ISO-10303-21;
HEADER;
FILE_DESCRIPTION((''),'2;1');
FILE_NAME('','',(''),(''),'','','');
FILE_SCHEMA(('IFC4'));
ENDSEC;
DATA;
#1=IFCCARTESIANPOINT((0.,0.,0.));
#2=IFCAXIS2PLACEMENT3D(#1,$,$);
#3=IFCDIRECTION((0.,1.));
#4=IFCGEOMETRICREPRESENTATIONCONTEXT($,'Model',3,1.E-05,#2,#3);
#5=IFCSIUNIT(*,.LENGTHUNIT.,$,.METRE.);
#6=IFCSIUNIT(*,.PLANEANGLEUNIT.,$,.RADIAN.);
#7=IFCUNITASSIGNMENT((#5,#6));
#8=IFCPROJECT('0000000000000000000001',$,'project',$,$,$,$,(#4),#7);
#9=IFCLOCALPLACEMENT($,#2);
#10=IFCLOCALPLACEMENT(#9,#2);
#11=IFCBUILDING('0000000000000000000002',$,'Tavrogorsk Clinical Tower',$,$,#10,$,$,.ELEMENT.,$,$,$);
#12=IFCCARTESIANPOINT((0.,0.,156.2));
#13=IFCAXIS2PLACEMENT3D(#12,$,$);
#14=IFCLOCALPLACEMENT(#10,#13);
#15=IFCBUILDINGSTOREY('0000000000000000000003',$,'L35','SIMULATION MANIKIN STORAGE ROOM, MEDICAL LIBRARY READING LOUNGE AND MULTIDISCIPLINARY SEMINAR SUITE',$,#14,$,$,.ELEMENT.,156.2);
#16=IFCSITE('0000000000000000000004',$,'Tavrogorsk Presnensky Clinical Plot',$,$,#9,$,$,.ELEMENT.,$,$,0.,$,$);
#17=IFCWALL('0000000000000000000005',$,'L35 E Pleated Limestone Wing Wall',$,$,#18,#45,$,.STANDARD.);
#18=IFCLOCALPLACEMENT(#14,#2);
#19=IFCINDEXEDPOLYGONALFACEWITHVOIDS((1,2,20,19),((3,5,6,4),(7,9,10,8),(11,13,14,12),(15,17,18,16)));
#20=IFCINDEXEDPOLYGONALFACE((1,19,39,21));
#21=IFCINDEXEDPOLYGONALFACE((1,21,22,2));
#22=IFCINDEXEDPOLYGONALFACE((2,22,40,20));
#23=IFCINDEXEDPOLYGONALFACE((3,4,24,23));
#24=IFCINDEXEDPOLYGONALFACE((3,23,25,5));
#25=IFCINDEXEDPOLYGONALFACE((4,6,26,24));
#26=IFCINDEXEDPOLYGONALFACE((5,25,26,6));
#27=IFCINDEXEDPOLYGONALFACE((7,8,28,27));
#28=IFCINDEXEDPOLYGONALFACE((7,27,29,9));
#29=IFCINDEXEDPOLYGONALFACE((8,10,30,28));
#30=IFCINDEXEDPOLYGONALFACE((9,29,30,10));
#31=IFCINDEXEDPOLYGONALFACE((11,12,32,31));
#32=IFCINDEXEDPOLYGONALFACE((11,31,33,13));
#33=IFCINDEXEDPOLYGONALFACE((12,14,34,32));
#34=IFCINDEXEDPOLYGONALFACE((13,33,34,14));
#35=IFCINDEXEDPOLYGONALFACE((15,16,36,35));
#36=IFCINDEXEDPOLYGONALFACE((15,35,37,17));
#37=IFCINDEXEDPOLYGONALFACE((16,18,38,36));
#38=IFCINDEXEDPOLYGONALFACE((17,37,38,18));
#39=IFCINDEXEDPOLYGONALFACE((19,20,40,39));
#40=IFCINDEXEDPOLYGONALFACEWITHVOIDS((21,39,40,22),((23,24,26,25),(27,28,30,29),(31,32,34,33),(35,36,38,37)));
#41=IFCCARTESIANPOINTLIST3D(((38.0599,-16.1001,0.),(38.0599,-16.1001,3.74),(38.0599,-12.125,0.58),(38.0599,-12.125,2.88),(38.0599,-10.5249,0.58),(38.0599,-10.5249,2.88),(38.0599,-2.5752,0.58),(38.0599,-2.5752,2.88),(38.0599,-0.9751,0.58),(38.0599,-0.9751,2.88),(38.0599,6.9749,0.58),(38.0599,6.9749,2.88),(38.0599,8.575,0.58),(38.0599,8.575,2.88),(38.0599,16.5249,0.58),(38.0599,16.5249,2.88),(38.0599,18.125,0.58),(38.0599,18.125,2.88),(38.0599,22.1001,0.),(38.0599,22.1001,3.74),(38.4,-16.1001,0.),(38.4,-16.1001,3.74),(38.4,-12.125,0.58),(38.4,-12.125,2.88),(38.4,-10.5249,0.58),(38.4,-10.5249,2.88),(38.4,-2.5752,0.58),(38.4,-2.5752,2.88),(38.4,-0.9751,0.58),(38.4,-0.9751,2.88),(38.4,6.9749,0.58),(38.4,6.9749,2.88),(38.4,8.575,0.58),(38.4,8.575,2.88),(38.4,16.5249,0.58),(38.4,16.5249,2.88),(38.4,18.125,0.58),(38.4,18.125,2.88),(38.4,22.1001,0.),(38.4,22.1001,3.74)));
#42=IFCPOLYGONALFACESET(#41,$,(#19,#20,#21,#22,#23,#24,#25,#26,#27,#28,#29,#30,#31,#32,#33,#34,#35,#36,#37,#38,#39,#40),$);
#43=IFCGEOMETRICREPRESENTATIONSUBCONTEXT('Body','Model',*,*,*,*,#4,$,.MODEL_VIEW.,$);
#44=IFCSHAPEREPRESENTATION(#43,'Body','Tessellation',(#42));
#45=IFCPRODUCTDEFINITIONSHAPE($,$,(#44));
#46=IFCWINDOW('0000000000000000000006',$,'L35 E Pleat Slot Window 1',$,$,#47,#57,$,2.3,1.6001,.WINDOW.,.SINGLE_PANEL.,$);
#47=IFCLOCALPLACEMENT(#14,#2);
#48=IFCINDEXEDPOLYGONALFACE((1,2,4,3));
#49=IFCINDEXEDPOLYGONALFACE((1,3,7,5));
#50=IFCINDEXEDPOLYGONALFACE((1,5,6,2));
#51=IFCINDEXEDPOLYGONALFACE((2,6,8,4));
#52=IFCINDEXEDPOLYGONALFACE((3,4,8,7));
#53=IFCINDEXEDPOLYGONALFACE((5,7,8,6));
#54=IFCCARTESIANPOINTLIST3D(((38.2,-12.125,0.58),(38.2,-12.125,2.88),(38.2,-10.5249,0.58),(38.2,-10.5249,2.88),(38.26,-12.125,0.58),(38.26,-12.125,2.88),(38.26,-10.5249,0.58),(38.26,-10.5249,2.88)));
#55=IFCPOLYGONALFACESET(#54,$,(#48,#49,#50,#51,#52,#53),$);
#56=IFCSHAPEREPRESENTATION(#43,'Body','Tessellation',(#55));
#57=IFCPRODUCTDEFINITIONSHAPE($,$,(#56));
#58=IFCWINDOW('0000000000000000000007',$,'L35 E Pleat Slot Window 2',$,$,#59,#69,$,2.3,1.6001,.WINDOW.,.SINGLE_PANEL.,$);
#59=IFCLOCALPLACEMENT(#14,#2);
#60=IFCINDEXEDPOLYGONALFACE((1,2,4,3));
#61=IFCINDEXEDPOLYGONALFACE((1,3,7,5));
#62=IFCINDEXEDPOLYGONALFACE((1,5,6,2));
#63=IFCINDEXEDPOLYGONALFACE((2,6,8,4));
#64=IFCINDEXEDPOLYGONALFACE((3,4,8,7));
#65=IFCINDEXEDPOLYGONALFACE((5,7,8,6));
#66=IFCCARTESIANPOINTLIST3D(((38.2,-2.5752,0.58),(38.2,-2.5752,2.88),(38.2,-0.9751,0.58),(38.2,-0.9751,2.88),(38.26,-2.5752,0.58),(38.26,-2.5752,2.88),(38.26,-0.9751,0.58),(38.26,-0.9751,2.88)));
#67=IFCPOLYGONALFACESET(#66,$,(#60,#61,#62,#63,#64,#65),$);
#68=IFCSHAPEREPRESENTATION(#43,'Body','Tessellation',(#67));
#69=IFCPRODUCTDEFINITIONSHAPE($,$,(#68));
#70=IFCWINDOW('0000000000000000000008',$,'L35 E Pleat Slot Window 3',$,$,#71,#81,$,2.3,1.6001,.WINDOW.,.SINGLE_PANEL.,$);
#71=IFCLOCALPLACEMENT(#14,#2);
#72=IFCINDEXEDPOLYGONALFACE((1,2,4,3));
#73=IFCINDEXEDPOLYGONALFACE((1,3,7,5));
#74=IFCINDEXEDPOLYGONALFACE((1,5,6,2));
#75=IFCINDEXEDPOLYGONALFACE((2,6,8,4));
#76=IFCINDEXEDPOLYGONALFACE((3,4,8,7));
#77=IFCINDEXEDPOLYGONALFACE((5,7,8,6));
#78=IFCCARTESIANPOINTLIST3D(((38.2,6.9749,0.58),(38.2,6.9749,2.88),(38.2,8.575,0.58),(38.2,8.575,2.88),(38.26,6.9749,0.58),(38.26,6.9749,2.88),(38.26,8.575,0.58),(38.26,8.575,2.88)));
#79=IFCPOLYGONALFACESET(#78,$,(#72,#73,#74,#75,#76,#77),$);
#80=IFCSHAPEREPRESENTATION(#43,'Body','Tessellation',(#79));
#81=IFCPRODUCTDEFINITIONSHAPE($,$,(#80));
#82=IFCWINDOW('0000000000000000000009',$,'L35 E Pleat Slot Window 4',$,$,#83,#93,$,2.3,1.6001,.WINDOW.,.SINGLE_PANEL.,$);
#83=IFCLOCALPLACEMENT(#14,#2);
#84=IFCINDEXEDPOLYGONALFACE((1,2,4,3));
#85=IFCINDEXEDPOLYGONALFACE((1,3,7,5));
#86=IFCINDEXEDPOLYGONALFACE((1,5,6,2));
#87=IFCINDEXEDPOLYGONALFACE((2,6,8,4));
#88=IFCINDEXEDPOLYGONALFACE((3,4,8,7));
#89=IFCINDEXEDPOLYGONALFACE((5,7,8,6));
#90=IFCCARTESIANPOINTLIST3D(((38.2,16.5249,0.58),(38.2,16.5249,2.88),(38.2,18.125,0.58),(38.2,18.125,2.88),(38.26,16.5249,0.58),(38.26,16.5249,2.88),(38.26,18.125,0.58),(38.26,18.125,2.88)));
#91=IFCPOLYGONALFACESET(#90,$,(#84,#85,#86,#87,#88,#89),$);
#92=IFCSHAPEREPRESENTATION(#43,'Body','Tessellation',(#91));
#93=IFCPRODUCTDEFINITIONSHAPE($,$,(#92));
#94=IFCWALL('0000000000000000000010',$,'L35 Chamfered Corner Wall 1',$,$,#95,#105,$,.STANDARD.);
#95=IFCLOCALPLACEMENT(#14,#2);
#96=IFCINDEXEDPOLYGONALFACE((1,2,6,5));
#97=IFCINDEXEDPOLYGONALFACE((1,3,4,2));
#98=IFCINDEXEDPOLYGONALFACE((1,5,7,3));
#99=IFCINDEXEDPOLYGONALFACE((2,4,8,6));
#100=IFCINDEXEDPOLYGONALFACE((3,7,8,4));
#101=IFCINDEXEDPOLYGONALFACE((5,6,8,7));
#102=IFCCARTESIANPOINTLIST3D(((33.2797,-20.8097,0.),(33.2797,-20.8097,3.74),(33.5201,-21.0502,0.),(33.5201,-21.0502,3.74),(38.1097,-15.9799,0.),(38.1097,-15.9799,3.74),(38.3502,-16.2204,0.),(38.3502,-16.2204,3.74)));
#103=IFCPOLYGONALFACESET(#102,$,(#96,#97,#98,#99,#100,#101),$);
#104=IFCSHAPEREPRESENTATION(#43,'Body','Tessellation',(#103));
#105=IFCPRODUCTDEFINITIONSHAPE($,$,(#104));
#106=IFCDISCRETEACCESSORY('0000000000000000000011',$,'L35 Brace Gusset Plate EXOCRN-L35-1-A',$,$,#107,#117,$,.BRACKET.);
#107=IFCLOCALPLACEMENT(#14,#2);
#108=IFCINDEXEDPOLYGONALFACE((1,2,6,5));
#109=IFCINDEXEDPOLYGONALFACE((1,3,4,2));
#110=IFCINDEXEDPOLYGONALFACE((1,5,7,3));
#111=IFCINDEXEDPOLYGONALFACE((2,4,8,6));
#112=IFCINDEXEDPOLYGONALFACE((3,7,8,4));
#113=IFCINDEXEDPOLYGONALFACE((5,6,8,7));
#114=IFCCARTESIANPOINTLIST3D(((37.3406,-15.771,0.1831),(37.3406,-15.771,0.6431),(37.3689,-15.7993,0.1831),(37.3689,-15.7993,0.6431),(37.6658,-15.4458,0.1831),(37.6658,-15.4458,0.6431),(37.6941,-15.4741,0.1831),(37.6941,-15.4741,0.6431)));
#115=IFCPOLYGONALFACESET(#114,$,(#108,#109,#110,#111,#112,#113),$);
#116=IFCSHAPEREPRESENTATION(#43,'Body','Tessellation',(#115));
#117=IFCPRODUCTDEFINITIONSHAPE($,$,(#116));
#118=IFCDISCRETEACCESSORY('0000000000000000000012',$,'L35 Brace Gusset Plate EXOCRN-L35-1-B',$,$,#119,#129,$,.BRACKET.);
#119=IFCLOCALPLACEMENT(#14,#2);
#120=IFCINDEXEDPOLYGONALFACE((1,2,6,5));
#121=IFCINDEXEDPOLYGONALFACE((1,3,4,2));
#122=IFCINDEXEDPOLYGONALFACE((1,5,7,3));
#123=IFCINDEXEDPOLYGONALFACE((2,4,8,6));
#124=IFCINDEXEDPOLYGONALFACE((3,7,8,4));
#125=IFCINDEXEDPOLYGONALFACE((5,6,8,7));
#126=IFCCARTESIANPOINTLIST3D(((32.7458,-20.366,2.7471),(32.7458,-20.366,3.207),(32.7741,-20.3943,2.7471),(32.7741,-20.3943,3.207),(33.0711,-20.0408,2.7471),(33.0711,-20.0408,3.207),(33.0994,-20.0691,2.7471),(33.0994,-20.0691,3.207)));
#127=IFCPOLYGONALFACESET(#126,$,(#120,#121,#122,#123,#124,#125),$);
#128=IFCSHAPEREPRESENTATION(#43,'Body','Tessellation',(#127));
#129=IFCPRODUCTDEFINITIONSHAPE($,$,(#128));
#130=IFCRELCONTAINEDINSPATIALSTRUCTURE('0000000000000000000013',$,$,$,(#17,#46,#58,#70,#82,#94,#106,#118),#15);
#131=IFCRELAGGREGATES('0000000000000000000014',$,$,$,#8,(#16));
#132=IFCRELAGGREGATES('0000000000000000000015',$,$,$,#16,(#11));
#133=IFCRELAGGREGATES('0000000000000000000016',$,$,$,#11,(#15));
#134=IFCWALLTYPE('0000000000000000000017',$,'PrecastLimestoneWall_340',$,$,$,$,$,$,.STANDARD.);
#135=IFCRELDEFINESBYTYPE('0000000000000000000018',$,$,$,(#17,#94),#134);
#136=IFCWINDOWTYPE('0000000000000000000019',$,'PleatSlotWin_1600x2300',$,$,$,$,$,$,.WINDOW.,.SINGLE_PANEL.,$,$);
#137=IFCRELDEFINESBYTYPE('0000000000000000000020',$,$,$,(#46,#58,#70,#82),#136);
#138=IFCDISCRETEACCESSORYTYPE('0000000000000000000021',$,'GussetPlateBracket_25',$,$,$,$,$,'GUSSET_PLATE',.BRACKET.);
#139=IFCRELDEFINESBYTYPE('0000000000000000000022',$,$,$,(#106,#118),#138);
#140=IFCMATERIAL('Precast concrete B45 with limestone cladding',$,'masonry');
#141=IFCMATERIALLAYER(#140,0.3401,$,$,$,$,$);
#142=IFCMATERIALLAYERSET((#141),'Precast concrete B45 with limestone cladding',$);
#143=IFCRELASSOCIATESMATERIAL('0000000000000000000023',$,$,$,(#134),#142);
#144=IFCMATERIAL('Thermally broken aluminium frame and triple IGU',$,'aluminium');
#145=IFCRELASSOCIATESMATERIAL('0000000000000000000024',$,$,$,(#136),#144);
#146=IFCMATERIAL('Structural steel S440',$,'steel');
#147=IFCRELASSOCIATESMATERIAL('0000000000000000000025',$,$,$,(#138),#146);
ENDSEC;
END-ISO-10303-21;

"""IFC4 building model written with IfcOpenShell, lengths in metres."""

from ifc_helpers import new_model, si_unit, direction, frame, frame_2d, origin, origin_2d, place, context, subcontext, project, spatial, rectangle, extrude, material, layer, layer_set, type_object, element, fill, save


model = new_model("IFC4")

# Units and contexts
model_context = context("Model", 3, precision=1e-05, world=origin(), true_north=direction((0.0, 1.0)))
body_context = subcontext(model_context, "Body", "Model", "MODEL_VIEW")
ifc_project = project(units=[si_unit("LENGTHUNIT", "METRE"), si_unit("PLANEANGLEUNIT", "RADIAN")], contexts=[model_context])

# Site, building, storey
site_placement = place(None, origin())
site = spatial("IfcSite", under=ifc_project, at=site_placement, Name="Tavrogorsk Presnensky Clinical Plot", CompositionType="ELEMENT", RefElevation=0.0)
building_placement = place(site_placement, origin())
building = spatial("IfcBuilding", under=site, at=building_placement, Name="Tavrogorsk Clinical Tower", CompositionType="ELEMENT")
storey_placement = place(building_placement, frame((0.0, 0.0, 156.2)))
storey = spatial("IfcBuildingStorey", under=building, at=storey_placement, Name="L35", Description="SIMULATION MANIKIN STORAGE ROOM, MEDICAL LIBRARY READING LOUNGE AND MULTIDISCIPLINARY SEMINAR SUITE", CompositionType="ELEMENT", Elevation=156.2)

# Wall, openings, windows
ifc_material_1 = material(Name="Precast concrete B45 with limestone cladding", Category="masonry")
ifc_layer_1 = layer(ifc_material_1, 0.3401)
ifc_layer_set_1 = layer_set([ifc_layer_1], Name="Precast concrete B45 with limestone cladding")
wall_type_1 = type_object("IfcWallType", Name="PrecastLimestoneWall_340", PredefinedType="STANDARD", material=ifc_layer_set_1)
wall_1_placement = place(storey_placement, frame((38.23, -16.1001, 0.0), z_axis=(0.0, 0.0, 1.0), x_axis=(0.0, 1.0, 0.0)))
wall_1 = element("IfcWall", 1, at=wall_1_placement, inside=storey, type_object=wall_type_1, Name="L35 E Pleated Limestone Wing Wall", PredefinedType="STANDARD", context=body_context, shape_type="SweptSolid", body=[
    extrude(rectangle(XDim=38.2002, YDim=0.3401, at=frame_2d((19.1001, 0.0))), origin(), (0.0, 0.0, 1.0), 3.74),
])
opening_1_placement = place(wall_1_placement, frame((3.9751, 0.0, 0.5801)))
opening_1 = element("IfcOpeningElement", 2, at=opening_1_placement, cuts=wall_1, PredefinedType="OPENING", context=body_context, shape_type="SweptSolid", body=[
    extrude(rectangle(XDim=1.6001, YDim=2.3, at=frame_2d((0.8, 1.1499))), frame((0.0, 0.1799, 0.0), z_axis=(0.0, -1.0, 0.0), x_axis=(1.0, 0.0, 0.0)), (0.0, 0.0, 1.0), 0.3601),
])
opening_2_placement = place(wall_1_placement, frame((13.5249, 0.0, 0.5801)))
opening_2 = element("IfcOpeningElement", 3, at=opening_2_placement, cuts=wall_1, PredefinedType="OPENING", context=body_context, shape_type="SweptSolid", body=[
    extrude(rectangle(XDim=1.6001, YDim=2.3, at=frame_2d((0.8, 1.1499))), frame((0.0, 0.1799, 0.0), z_axis=(0.0, -1.0, 0.0), x_axis=(1.0, 0.0, 0.0)), (0.0, 0.0, 1.0), 0.3601),
])
opening_3_placement = place(wall_1_placement, frame((23.075, 0.0, 0.5801)))
opening_3 = element("IfcOpeningElement", 4, at=opening_3_placement, cuts=wall_1, PredefinedType="OPENING", context=body_context, shape_type="SweptSolid", body=[
    extrude(rectangle(XDim=1.6001, YDim=2.3, at=frame_2d((0.8, 1.1499))), frame((0.0, 0.1799, 0.0), z_axis=(0.0, -1.0, 0.0), x_axis=(1.0, 0.0, 0.0)), (0.0, 0.0, 1.0), 0.3601),
])
opening_4_placement = place(wall_1_placement, frame((32.625, 0.0, 0.5801)))
opening_4 = element("IfcOpeningElement", 5, at=opening_4_placement, cuts=wall_1, PredefinedType="OPENING", context=body_context, shape_type="SweptSolid", body=[
    extrude(rectangle(XDim=1.6001, YDim=2.3, at=frame_2d((0.8, 1.1499))), frame((0.0, 0.1799, 0.0), z_axis=(0.0, -1.0, 0.0), x_axis=(1.0, 0.0, 0.0)), (0.0, 0.0, 1.0), 0.3601),
])
ifc_material_2 = material(Name="Thermally broken aluminium frame and triple IGU", Category="aluminium")
window_type = type_object("IfcWindowType", Name="PleatSlotWin_1600x2300", PartitioningType="SINGLE_PANEL", PredefinedType="WINDOW", material=ifc_material_2)
window_1_placement = place(opening_1_placement, origin())
window_1 = element("IfcWindow", 6, at=window_1_placement, inside=storey, type_object=window_type, Name="L35 E Pleat Slot Window 1", OverallHeight=2.3, OverallWidth=1.6001, PartitioningType="SINGLE_PANEL", PredefinedType="WINDOW", context=body_context, shape_type="SweptSolid", body=[
    extrude(rectangle(XDim=1.6001, YDim=2.3, at=frame_2d((0.8, 1.1499))), frame((0.0, 0.03, 0.0), z_axis=(0.0, -1.0, 0.0), x_axis=(1.0, 0.0, 0.0)), (0.0, 0.0, 1.0), 0.0601),
])
fill(opening_1, window_1)
window_2_placement = place(opening_2_placement, origin())
window_2 = element("IfcWindow", 7, at=window_2_placement, inside=storey, type_object=window_type, Name="L35 E Pleat Slot Window 2", OverallHeight=2.3, OverallWidth=1.6001, PartitioningType="SINGLE_PANEL", PredefinedType="WINDOW", context=body_context, shape_type="SweptSolid", body=[
    extrude(rectangle(XDim=1.6001, YDim=2.3, at=frame_2d((0.8, 1.1499))), frame((0.0, 0.03, 0.0), z_axis=(0.0, -1.0, 0.0), x_axis=(1.0, 0.0, 0.0)), (0.0, 0.0, 1.0), 0.0601),
])
fill(opening_2, window_2)
window_3_placement = place(opening_3_placement, origin())
window_3 = element("IfcWindow", 8, at=window_3_placement, inside=storey, type_object=window_type, Name="L35 E Pleat Slot Window 3", OverallHeight=2.3, OverallWidth=1.6001, PartitioningType="SINGLE_PANEL", PredefinedType="WINDOW", context=body_context, shape_type="SweptSolid", body=[
    extrude(rectangle(XDim=1.6001, YDim=2.3, at=frame_2d((0.8, 1.1499))), frame((0.0, 0.03, 0.0), z_axis=(0.0, -1.0, 0.0), x_axis=(1.0, 0.0, 0.0)), (0.0, 0.0, 1.0), 0.0601),
])
fill(opening_3, window_3)
window_4_placement = place(opening_4_placement, origin())
window_4 = element("IfcWindow", 9, at=window_4_placement, inside=storey, type_object=window_type, Name="L35 E Pleat Slot Window 4", OverallHeight=2.3, OverallWidth=1.6001, PartitioningType="SINGLE_PANEL", PredefinedType="WINDOW", context=body_context, shape_type="SweptSolid", body=[
    extrude(rectangle(XDim=1.6001, YDim=2.3, at=frame_2d((0.8, 1.1499))), frame((0.0, 0.03, 0.0), z_axis=(0.0, -1.0, 0.0), x_axis=(1.0, 0.0, 0.0)), (0.0, 0.0, 1.0), 0.0601),
])
fill(opening_4, window_4)

# Wall
wall_2_placement = place(storey_placement, frame((33.3999, -20.9299, 0.0), z_axis=(0.0, 0.0, 1.0), x_axis=(0.707125, 0.707089, 0.0)))
element("IfcWall", 10, at=wall_2_placement, inside=storey, type_object=wall_type_1, Name="L35 Chamfered Corner Wall 1", PredefinedType="STANDARD", context=body_context, shape_type="SweptSolid", body=[
    extrude(rectangle(XDim=6.8306, YDim=0.3401, at=frame_2d((3.4153, 0.0))), origin(), (0.0, 0.0, 1.0), 3.74),
])

# Discrete accessories
ifc_material_3 = material(Name="Structural steel S440", Category="steel")
discrete_accessory_type = type_object("IfcDiscreteAccessoryType", Name="GussetPlateBracket_25", ElementType="GUSSET_PLATE", PredefinedType="BRACKET", material=ifc_material_3)
for number, where, z_axis, x_axis, name in (
    (11, (37.5173, -15.6226, 0.1831), (0.0, 0.0, 1.0), (-0.707107, -0.707107, 0.0), "L35 Brace Gusset Plate EXOCRN-L35-1-A"),
    (12, (32.9226, -20.2175, 2.7471), (0.0, 0.0, 1.0), (-0.707107, -0.707107, 0.0), "L35 Brace Gusset Plate EXOCRN-L35-1-B"),
):
    element("IfcDiscreteAccessory", number, at=place(storey_placement, frame(where, z_axis=z_axis, x_axis=x_axis)), inside=storey, type_object=discrete_accessory_type, Name=name, PredefinedType="BRACKET", context=body_context, shape_type="SweptSolid", body=[
        extrude(rectangle(XDim=0.46, YDim=0.04, at=origin_2d()), origin(), (0.0, 0.0, 1.0), 0.46),
    ])

save(model, "model.ifc")
